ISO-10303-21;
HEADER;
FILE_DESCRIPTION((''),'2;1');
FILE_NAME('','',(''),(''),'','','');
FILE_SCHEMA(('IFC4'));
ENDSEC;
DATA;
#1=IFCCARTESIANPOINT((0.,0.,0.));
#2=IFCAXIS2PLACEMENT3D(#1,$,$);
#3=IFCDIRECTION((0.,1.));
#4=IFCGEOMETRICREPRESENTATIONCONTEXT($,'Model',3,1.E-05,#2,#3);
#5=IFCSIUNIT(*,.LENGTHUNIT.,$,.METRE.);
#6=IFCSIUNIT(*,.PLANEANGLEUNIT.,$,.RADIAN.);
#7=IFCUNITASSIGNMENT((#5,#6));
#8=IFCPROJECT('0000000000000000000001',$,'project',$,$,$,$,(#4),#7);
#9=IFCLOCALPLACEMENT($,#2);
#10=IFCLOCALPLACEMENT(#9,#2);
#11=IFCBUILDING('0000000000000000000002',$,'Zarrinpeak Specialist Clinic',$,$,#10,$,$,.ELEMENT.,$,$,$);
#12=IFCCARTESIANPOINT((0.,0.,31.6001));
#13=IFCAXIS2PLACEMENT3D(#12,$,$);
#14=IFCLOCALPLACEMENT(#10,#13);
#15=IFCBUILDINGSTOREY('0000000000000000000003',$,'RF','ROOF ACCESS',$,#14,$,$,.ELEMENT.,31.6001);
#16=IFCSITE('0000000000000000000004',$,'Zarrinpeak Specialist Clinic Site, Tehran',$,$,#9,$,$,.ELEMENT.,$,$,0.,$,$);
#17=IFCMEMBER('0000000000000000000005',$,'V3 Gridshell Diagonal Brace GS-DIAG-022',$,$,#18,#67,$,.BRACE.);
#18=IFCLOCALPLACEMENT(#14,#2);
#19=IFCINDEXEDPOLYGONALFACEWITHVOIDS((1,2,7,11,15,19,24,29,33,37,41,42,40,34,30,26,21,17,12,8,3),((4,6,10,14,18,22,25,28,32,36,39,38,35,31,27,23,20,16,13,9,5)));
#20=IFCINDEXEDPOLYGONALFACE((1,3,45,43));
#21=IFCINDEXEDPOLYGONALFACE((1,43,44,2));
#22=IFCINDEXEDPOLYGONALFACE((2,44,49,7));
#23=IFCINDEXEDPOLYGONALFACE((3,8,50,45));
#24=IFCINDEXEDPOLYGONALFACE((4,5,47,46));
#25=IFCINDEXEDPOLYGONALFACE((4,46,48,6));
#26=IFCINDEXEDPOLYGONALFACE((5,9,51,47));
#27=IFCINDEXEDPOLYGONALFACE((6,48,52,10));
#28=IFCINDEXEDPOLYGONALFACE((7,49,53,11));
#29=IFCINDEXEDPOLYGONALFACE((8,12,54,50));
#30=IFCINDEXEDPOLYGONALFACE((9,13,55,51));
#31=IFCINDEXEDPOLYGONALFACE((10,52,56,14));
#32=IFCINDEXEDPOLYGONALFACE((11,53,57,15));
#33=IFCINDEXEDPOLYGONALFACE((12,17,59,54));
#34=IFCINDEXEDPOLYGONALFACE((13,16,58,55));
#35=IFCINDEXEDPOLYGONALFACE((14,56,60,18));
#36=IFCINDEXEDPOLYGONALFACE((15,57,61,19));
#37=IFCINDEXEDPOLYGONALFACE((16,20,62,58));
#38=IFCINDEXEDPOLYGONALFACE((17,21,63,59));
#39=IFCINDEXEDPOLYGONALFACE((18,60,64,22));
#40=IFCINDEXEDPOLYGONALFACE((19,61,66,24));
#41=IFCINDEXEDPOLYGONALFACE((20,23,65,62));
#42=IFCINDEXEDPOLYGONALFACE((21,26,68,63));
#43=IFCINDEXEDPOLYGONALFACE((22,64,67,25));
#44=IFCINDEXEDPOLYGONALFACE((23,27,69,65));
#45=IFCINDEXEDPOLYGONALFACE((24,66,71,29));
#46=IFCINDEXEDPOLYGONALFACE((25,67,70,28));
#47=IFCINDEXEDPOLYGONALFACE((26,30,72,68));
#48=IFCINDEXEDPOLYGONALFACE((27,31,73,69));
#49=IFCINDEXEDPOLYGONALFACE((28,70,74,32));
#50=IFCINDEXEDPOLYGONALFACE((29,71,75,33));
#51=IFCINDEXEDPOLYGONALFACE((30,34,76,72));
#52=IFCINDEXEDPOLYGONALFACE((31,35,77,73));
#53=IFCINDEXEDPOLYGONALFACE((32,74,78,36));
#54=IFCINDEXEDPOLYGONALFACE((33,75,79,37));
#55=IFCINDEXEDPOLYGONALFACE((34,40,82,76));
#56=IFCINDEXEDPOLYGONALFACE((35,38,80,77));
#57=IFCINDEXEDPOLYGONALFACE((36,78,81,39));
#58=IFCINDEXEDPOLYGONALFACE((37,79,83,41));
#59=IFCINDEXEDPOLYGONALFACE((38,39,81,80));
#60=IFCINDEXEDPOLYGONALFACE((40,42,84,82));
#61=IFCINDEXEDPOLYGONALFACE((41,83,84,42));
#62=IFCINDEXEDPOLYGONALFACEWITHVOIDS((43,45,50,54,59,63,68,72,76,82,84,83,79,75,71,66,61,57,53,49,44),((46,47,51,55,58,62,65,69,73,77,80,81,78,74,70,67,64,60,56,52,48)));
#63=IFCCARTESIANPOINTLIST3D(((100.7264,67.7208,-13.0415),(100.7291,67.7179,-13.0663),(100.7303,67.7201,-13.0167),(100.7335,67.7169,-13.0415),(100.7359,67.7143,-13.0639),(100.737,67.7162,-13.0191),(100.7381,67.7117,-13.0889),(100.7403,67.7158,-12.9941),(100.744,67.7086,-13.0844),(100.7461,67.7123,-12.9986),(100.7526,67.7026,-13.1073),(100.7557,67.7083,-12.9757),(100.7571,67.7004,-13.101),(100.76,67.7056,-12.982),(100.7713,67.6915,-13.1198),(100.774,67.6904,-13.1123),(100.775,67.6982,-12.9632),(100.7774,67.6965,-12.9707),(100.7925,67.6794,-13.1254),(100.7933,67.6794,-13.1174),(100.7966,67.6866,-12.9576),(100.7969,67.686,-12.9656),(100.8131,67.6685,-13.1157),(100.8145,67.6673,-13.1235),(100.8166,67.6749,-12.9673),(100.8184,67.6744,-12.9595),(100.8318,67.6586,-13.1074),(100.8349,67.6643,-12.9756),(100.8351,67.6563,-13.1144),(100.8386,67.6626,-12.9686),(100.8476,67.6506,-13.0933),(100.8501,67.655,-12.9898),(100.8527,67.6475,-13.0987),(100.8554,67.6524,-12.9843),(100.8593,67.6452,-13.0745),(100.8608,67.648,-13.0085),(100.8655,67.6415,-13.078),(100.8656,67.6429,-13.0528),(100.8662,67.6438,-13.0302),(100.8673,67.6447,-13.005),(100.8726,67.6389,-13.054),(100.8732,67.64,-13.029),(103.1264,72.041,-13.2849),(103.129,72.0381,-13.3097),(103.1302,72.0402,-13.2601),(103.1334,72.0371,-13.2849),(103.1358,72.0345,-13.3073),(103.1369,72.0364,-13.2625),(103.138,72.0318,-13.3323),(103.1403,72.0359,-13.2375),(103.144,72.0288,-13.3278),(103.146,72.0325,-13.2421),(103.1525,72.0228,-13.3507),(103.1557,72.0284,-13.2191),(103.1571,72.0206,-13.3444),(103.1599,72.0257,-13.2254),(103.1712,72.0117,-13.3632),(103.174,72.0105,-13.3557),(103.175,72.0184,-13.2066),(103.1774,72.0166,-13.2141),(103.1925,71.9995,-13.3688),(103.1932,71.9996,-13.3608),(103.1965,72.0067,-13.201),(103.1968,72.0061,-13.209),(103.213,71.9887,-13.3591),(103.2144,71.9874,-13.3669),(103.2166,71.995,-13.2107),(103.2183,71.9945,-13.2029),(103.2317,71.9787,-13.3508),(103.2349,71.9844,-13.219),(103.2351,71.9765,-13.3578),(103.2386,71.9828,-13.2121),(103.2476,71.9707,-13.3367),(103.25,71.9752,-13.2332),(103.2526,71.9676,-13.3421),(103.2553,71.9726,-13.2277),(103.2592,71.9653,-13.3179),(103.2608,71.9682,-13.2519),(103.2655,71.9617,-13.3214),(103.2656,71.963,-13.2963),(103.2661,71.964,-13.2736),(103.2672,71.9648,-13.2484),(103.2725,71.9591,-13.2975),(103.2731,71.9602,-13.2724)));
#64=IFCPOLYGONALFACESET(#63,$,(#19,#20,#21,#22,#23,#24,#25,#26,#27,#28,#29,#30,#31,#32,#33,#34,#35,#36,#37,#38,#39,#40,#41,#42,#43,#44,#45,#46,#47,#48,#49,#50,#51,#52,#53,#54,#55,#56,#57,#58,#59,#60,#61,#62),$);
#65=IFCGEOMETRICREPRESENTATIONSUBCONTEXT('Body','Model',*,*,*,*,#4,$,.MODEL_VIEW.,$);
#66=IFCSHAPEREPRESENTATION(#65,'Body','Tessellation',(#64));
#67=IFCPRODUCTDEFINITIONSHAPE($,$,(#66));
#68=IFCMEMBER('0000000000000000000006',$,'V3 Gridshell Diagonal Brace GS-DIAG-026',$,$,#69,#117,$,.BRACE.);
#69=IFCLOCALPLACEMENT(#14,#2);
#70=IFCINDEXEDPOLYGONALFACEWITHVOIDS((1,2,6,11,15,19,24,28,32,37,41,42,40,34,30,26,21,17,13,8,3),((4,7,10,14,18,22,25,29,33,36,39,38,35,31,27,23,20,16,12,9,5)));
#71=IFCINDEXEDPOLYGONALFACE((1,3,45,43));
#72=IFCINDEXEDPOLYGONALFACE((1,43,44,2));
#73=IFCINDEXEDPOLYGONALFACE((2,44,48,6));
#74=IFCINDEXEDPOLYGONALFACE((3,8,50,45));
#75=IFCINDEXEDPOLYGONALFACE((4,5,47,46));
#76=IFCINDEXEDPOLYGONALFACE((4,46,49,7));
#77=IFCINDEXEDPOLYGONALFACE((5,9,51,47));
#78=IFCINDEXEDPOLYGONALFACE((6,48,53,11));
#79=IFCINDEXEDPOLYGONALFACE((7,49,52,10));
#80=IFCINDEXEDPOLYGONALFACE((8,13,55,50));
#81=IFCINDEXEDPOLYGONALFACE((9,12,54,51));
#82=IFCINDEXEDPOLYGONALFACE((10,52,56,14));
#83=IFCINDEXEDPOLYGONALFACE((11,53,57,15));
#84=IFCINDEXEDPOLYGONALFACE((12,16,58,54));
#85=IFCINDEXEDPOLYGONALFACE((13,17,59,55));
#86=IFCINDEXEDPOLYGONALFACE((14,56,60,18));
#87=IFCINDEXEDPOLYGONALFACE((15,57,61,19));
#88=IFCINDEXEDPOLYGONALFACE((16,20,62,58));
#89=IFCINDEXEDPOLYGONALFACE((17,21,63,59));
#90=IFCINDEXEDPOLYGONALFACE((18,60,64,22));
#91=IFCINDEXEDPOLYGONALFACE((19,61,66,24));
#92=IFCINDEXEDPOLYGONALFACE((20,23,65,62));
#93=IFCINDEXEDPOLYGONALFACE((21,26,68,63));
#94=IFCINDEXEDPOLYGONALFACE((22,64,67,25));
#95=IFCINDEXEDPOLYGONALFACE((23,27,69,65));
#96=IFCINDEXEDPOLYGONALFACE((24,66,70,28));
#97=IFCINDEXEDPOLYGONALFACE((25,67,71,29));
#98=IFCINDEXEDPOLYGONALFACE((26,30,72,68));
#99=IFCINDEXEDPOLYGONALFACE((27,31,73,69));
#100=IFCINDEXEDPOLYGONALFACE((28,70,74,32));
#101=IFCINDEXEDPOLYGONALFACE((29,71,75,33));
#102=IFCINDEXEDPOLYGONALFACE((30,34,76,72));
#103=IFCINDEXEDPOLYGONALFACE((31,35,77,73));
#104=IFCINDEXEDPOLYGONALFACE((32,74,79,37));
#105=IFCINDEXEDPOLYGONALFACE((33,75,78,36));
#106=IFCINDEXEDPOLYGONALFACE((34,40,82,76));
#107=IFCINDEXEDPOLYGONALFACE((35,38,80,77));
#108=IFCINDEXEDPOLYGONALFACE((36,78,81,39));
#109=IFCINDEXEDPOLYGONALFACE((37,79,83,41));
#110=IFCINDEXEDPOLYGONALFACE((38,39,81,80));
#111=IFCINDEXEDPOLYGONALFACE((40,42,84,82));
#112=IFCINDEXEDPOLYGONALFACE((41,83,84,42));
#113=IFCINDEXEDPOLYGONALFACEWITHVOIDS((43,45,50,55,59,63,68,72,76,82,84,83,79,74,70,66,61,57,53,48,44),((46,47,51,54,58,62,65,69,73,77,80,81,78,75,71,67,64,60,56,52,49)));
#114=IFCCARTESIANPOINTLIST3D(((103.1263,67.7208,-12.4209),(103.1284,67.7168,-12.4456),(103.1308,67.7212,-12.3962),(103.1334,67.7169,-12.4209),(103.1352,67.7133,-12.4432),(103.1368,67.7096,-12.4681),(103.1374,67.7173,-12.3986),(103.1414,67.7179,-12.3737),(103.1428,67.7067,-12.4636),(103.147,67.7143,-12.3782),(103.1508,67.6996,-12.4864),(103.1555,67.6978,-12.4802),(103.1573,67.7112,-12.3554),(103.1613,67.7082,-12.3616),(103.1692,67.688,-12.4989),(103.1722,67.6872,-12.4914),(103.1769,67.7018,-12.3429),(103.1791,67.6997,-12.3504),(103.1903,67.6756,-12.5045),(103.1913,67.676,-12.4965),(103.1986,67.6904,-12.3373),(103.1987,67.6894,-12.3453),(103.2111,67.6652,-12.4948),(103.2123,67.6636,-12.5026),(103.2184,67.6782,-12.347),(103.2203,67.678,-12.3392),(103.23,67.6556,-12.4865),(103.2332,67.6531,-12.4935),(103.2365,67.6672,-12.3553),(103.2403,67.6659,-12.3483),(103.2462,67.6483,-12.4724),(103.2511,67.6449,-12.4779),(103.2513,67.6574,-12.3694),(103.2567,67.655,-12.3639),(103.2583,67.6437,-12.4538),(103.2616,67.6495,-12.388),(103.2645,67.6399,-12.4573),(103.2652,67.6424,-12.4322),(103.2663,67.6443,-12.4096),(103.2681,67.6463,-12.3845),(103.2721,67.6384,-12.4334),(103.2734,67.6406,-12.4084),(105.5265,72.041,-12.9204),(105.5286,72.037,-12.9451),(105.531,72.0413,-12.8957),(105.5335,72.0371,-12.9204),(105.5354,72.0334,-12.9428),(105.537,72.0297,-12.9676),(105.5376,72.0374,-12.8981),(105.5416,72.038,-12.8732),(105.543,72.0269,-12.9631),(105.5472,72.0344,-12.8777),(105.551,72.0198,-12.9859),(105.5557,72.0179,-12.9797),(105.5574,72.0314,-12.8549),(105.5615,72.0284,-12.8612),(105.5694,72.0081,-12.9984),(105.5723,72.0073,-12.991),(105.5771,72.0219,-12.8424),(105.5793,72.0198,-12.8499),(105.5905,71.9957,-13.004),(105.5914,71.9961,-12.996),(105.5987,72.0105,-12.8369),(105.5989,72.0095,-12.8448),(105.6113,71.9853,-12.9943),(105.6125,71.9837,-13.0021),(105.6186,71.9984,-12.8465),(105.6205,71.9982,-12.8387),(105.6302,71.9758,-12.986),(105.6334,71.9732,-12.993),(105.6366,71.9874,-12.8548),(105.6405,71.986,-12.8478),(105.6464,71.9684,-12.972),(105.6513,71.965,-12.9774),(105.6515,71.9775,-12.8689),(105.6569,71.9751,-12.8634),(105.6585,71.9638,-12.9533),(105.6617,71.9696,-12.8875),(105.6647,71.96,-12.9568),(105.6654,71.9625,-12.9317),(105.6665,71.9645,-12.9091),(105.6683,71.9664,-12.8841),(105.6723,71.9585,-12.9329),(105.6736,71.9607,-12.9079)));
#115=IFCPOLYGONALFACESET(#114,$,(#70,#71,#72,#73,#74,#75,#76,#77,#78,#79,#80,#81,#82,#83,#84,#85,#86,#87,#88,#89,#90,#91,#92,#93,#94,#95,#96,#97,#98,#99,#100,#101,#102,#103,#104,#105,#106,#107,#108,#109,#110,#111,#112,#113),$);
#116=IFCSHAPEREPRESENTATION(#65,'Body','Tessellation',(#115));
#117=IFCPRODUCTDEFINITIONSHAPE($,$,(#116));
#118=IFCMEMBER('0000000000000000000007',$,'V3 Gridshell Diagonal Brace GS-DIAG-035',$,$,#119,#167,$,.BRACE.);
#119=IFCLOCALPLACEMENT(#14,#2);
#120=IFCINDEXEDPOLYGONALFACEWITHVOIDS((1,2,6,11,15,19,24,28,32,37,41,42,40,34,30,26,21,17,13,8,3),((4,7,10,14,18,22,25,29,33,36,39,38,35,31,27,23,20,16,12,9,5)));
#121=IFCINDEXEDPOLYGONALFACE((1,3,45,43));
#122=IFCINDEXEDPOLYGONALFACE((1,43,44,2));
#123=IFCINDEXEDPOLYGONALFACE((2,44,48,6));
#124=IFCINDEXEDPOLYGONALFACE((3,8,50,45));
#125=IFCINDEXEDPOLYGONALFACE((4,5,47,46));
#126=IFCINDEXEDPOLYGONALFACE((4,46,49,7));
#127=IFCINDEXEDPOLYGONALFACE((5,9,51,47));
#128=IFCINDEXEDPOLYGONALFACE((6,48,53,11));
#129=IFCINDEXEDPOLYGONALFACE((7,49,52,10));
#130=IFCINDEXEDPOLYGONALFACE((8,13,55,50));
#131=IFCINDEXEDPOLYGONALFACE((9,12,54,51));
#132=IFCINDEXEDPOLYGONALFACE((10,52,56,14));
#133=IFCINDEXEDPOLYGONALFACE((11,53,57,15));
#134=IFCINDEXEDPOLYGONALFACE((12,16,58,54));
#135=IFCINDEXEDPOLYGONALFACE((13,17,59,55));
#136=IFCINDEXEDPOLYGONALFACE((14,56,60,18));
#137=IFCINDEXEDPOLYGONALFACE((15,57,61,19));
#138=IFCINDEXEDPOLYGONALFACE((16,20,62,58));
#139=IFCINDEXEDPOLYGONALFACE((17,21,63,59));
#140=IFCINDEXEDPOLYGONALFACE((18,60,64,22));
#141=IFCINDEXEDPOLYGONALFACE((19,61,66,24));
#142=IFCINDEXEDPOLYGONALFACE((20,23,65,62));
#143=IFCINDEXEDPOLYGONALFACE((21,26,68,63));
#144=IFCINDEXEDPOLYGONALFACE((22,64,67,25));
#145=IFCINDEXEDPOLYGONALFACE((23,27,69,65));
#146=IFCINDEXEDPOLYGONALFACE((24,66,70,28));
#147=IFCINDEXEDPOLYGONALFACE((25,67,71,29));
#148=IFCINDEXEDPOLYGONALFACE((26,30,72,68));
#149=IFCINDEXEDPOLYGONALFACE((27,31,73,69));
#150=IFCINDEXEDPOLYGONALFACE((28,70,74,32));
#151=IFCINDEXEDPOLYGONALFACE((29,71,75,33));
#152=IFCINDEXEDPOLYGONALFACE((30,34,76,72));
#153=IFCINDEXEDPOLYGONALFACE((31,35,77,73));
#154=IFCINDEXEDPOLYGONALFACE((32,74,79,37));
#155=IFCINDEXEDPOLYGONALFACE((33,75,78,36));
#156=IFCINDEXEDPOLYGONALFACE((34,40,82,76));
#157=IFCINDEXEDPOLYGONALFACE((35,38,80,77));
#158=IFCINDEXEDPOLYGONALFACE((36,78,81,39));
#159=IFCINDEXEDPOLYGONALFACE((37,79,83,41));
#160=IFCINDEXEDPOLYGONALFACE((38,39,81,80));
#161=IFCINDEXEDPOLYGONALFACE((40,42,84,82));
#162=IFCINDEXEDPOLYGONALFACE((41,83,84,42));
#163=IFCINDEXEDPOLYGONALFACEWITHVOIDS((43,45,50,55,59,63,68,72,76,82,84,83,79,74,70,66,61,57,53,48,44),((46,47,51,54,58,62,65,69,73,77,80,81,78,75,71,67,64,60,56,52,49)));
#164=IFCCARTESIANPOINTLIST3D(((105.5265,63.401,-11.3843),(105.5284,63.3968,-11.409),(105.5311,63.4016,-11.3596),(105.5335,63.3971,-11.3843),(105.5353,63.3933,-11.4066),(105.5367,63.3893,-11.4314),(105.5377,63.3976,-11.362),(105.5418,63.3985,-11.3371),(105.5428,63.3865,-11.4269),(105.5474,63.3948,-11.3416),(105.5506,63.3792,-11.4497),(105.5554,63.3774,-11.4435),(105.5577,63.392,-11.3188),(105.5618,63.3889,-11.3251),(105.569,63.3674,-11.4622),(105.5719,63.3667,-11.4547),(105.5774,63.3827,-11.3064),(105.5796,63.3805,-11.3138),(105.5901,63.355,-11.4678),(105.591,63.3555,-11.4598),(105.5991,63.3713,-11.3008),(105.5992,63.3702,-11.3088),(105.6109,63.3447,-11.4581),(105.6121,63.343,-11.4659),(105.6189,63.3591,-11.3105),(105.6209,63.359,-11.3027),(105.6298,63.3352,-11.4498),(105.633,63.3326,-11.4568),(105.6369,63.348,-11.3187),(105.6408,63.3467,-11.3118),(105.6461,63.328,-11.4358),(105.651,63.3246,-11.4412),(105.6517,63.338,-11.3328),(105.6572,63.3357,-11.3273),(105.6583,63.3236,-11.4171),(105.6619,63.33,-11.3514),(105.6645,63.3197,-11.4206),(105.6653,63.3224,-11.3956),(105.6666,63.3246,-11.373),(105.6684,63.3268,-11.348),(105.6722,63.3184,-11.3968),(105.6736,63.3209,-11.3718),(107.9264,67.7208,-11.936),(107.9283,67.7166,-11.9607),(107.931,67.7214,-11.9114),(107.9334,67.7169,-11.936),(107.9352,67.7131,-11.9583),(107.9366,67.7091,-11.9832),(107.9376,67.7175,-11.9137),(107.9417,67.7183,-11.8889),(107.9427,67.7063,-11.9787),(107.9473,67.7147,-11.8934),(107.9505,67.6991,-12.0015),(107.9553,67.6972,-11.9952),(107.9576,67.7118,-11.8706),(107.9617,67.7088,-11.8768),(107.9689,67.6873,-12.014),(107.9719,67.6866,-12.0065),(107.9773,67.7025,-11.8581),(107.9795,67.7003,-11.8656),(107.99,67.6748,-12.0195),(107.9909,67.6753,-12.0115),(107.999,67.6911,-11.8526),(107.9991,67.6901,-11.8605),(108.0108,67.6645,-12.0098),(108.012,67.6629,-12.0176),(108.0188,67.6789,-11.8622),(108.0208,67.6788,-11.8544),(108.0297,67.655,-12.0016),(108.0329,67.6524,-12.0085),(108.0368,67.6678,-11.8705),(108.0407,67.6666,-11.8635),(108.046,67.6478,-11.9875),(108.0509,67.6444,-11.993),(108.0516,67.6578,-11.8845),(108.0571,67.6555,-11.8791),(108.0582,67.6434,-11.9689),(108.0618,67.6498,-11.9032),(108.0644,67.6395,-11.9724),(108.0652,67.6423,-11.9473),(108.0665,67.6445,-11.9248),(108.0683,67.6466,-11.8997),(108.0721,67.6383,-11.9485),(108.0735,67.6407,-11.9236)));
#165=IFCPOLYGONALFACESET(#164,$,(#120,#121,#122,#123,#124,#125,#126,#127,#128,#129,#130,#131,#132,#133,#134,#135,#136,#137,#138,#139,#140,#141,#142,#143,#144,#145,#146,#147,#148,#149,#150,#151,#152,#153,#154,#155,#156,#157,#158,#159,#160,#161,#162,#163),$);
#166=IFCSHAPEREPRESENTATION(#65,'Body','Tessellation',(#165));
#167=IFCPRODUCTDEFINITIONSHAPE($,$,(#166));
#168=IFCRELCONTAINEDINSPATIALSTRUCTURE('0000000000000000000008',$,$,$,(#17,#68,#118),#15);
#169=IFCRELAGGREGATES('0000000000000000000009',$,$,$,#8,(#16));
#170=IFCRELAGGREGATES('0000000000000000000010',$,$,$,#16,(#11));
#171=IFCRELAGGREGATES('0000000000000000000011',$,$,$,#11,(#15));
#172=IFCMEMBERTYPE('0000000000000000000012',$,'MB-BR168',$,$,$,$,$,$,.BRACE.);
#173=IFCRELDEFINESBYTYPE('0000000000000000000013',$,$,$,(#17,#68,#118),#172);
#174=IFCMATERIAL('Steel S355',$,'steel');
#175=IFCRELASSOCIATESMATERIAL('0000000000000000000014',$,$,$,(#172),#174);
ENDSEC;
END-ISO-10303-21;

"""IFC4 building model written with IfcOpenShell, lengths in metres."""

from ifc_helpers import new_model, si_unit, direction, frame, origin, origin_2d, place, context, subcontext, project, spatial, hollow_circle, extrude, material, material_profile, profile_set, type_object, element, save


model = new_model("IFC4")

# Units and contexts
model_context = context("Model", 3, precision=1e-05, world=origin(), true_north=direction((0.0, 1.0)))
body_context = subcontext(model_context, "Body", "Model", "MODEL_VIEW")
ifc_project = project(units=[si_unit("LENGTHUNIT", "METRE"), si_unit("PLANEANGLEUNIT", "RADIAN")], contexts=[model_context])

# Site, building, storey
site_placement = place(None, origin())
site = spatial("IfcSite", under=ifc_project, at=site_placement, Name="Zarrinpeak Specialist Clinic Site, Tehran", CompositionType="ELEMENT", RefElevation=0.0)
building_placement = place(site_placement, origin())
building = spatial("IfcBuilding", under=site, at=building_placement, Name="Zarrinpeak Specialist Clinic", CompositionType="ELEMENT")
storey_placement = place(building_placement, frame((0.0, 0.0, 31.6001)))
storey = spatial("IfcBuildingStorey", under=building, at=storey_placement, Name="RF", Description="ROOF ACCESS", CompositionType="ELEMENT", Elevation=31.6001)

# Members
ifc_material_1 = material(Name="Steel S355", Category="steel")
ifc_material_profile_1 = material_profile(ifc_material_1, hollow_circle(Radius=0.0842, WallThickness=0.0081, at=origin_2d()), Name="CHS 168.3x8.0")
ifc_profile_set_1 = profile_set([ifc_material_profile_1], Name="Steel S355")
member_type_1 = type_object("IfcMemberType", Name="MB-BR168", PredefinedType="BRACE", material=ifc_profile_set_1)
member_1_placement = place(storey_placement, frame((100.8, 67.6799, -13.0415), z_axis=(0.485034, 0.873111, -0.049194), x_axis=(-0.874169, 0.485622, 0.0)))
element("IfcMember", 1, at=member_1_placement, inside=storey, type_object=member_type_1, Name="V3 Gridshell Diagonal Brace GS-DIAG-022", PredefinedType="BRACE", context=body_context, shape_type="SweptSolid", body=[
    extrude(hollow_circle(Radius=0.0842, WallThickness=0.0081, at=origin_2d()), origin(), (0.0, 0.0, 1.0), 4.948),
])
member_2_placement = place(storey_placement, frame((103.2, 67.6799, -12.4209), z_axis=(0.483198, 0.869717, -0.100562), x_axis=(-0.874148, 0.48566, 0.0)))
element("IfcMember", 2, at=member_2_placement, inside=storey, type_object=member_type_1, Name="V3 Gridshell Diagonal Brace GS-DIAG-026", PredefinedType="BRACE", context=body_context, shape_type="SweptSolid", body=[
    extrude(hollow_circle(Radius=0.0842, WallThickness=0.0081, at=origin_2d()), origin(), (0.0, 0.0, 1.0), 4.9673),
])
member_3_placement = place(storey_placement, frame((105.6001, 63.3601, -11.3843), z_axis=(0.482644, 0.868759, -0.110964), x_axis=(-0.874157, 0.485643, 0.0)))
element("IfcMember", 3, at=member_3_placement, inside=storey, type_object=member_type_1, Name="V3 Gridshell Diagonal Brace GS-DIAG-035", PredefinedType="BRACE", context=body_context, shape_type="SweptSolid", body=[
    extrude(hollow_circle(Radius=0.0842, WallThickness=0.0081, at=origin_2d()), origin(), (0.0, 0.0, 1.0), 4.9724),
])

save(model, "model.ifc")
